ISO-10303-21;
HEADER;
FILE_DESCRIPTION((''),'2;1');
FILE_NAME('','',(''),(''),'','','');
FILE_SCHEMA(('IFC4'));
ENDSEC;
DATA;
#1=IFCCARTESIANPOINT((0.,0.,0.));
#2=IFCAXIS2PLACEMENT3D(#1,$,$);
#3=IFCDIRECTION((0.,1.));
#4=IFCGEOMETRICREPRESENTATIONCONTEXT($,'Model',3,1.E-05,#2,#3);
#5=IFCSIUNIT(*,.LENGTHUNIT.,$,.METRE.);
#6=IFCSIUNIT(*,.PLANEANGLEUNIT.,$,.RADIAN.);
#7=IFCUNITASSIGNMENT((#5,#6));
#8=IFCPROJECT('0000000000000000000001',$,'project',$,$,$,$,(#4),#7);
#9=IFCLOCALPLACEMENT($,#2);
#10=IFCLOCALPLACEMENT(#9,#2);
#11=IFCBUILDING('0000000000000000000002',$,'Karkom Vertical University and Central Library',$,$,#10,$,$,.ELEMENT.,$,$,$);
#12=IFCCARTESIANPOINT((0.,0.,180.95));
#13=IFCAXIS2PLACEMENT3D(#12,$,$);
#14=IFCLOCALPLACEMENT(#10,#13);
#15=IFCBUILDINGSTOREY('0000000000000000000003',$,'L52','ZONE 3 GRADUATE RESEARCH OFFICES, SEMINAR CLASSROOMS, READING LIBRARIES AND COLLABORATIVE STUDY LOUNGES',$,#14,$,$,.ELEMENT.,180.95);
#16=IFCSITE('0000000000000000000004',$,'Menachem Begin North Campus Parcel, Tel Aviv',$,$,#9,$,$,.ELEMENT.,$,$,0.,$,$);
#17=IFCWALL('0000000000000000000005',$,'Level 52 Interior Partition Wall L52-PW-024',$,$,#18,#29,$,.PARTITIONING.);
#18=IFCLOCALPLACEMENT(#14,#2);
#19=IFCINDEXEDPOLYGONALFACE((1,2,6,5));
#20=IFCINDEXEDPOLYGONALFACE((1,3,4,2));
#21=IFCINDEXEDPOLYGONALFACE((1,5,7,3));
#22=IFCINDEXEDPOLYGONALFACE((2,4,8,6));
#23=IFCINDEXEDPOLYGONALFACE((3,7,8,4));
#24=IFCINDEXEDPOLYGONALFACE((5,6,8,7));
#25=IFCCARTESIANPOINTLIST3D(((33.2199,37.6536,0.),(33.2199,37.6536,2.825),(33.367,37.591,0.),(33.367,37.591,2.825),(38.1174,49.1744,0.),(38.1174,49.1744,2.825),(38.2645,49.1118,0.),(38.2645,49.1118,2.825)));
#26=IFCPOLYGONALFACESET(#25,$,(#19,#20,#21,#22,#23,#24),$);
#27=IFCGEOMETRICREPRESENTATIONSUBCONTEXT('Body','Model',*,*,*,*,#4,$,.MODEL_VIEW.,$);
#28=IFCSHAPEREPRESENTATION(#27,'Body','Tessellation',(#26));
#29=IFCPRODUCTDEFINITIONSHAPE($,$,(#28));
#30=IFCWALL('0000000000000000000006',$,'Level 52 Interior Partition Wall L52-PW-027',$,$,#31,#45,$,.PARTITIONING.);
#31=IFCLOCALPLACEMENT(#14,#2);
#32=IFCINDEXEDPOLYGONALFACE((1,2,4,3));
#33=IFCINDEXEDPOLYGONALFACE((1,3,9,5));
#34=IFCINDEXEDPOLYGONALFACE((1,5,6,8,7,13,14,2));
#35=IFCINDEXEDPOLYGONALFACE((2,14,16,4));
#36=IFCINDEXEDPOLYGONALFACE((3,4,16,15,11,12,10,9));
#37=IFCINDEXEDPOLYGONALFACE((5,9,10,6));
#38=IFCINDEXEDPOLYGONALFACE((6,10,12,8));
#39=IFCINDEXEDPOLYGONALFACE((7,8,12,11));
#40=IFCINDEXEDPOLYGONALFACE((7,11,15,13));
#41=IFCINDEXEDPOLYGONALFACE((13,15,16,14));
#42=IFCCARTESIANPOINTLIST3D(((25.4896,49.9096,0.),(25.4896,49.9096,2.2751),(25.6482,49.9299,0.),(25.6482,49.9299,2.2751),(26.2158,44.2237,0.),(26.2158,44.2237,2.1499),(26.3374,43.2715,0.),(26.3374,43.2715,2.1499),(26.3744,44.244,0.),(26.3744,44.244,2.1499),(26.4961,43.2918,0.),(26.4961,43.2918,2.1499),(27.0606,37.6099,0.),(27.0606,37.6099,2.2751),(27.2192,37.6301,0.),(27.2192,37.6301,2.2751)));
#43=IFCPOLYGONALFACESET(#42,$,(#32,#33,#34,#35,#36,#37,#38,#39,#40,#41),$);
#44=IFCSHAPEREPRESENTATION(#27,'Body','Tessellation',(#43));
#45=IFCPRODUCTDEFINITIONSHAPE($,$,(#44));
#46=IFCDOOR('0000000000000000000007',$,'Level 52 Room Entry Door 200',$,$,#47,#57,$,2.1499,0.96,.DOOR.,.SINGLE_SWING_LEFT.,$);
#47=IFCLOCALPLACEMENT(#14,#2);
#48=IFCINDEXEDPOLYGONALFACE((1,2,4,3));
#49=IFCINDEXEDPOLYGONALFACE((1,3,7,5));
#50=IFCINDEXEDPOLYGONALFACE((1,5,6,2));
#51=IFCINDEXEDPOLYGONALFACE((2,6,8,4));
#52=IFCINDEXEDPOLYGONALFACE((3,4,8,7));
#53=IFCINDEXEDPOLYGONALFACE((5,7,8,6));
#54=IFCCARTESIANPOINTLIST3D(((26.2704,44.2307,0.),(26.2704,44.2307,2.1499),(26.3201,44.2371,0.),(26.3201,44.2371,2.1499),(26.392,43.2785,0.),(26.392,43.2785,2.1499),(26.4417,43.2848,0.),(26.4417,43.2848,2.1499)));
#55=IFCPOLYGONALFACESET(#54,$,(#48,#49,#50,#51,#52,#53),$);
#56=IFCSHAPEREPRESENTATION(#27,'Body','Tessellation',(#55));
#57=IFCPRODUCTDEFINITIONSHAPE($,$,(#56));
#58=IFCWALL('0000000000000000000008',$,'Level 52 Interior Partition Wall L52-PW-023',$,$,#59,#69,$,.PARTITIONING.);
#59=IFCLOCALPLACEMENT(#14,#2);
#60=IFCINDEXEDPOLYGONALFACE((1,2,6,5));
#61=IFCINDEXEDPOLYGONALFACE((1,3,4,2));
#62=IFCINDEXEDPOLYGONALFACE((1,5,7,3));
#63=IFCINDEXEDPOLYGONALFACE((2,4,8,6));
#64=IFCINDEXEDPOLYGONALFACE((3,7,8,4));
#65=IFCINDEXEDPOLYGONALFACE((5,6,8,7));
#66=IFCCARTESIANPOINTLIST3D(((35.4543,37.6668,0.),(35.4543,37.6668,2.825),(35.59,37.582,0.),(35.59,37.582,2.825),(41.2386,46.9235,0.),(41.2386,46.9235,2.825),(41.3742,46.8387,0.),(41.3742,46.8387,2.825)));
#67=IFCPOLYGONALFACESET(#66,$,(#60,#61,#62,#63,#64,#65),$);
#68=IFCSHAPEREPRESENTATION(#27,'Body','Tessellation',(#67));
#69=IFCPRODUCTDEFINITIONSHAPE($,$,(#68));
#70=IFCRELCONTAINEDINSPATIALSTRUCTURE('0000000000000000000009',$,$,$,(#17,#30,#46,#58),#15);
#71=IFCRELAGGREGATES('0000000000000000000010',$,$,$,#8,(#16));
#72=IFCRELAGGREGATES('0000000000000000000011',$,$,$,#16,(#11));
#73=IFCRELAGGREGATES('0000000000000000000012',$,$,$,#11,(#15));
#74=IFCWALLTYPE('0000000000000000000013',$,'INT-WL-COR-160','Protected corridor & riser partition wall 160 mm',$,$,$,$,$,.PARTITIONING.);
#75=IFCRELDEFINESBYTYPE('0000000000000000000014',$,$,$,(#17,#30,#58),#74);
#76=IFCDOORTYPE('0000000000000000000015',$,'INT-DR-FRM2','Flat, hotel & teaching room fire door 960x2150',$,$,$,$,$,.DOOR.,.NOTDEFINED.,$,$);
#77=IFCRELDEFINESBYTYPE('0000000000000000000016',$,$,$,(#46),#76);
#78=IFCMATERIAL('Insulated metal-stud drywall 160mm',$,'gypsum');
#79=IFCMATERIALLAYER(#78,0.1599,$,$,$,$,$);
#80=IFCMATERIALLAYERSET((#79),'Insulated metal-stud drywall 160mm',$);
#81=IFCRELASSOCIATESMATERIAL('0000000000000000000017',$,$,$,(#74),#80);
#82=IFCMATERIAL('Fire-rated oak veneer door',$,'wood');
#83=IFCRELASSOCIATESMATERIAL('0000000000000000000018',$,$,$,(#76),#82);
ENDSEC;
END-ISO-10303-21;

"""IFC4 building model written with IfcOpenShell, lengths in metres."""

from ifc_helpers import new_model, si_unit, direction, frame, frame_2d, origin, origin_with_axes, place, context, subcontext, project, spatial, rectangle, extrude, source, transform, mapped, material, layer, layer_set, type_object, element, fill, save


model = new_model("IFC4")

# Units and contexts
model_context = context("Model", 3, precision=1e-05, world=origin(), true_north=direction((0.0, 1.0)))
body_context = subcontext(model_context, "Body", "Model", "MODEL_VIEW")
ifc_project = project(units=[si_unit("LENGTHUNIT", "METRE"), si_unit("PLANEANGLEUNIT", "RADIAN")], contexts=[model_context])

# Site, building, storey
site_placement = place(None, origin())
site = spatial("IfcSite", under=ifc_project, at=site_placement, Name="Menachem Begin North Campus Parcel, Tel Aviv", CompositionType="ELEMENT", RefElevation=0.0)
building_placement = place(site_placement, origin())
building = spatial("IfcBuilding", under=site, at=building_placement, Name="Karkom Vertical University and Central Library", CompositionType="ELEMENT")
storey_placement = place(building_placement, frame((0.0, 0.0, 180.95)))
storey = spatial("IfcBuildingStorey", under=building, at=storey_placement, Name="L52", Description="ZONE 3 GRADUATE RESEARCH OFFICES, SEMINAR CLASSROOMS, READING LIBRARIES AND COLLABORATIVE STUDY LOUNGES", CompositionType="ELEMENT", Elevation=180.95)

# Shared definitions
ifc_material_1 = material(Name="Insulated metal-stud drywall 160mm", Category="gypsum")
ifc_layer_1 = layer(ifc_material_1, 0.1599)
ifc_layer_set_1 = layer_set([ifc_layer_1], Name="Insulated metal-stud drywall 160mm")
wall_type_1 = type_object("IfcWallType", Name="INT-WL-COR-160", Description="Protected corridor & riser partition wall 160 mm", PredefinedType="PARTITIONING", material=ifc_layer_set_1)

# Wall
wall_1_placement = place(storey_placement, frame((33.2935, 37.6223, 0.0), z_axis=(0.0, 0.0, 1.0), x_axis=(0.391218, 0.920298, 0.0)))
element("IfcWall", 1, at=wall_1_placement, inside=storey, type_object=wall_type_1, Name="Level 52 Interior Partition Wall L52-PW-024", PredefinedType="PARTITIONING", context=body_context, shape_type="SweptSolid", body=[
    extrude(rectangle(XDim=12.5186, YDim=0.1599, at=frame_2d((6.2593, 0.0))), origin(), (0.0, 0.0, 1.0), 2.825),
])

# Wall, opening, door
wall_2_placement = place(storey_placement, frame((27.1399, 37.6201, 0.0), z_axis=(0.0, 0.0, 1.0), x_axis=(-0.1267, 0.991941, 0.0)))
wall_2 = element("IfcWall", 2, at=wall_2_placement, inside=storey, type_object=wall_type_1, Name="Level 52 Interior Partition Wall L52-PW-027", PredefinedType="PARTITIONING", context=body_context, shape_type="SweptSolid", body=[
    extrude(rectangle(XDim=12.3997, YDim=0.1599, at=frame_2d((6.1997, 0.0))), origin(), (0.0, 0.0, 1.0), 2.2751),
])
opening_1_placement = place(wall_2_placement, frame((5.7075, 0.0, 0.0)))
opening_1 = element("IfcOpeningElement", 3, at=opening_1_placement, cuts=wall_2, PredefinedType="OPENING", context=body_context, shape_type="SweptSolid", body=[
    extrude(rectangle(XDim=0.96, YDim=2.1499, at=frame_2d((0.48, 1.075))), frame((0.0, 0.0898, 0.0), z_axis=(0.0, -1.0, 0.0), x_axis=(1.0, 0.0, 0.0)), (0.0, 0.0, 1.0), 0.1799),
])
ifc_material_2 = material(Name="Fire-rated oak veneer door", Category="wood")
door_type_1 = type_object("IfcDoorType", Name="INT-DR-FRM2", Description="Flat, hotel & teaching room fire door 960x2150", OperationType="NOTDEFINED", PredefinedType="DOOR", material=ifc_material_2)
shared_shape_1 = source(origin_with_axes(), body_context, "Body", "SweptSolid", [
    extrude(rectangle(XDim=0.96, YDim=2.1499, at=frame_2d((0.48, 1.075))), frame((0.0, 0.0249, 0.0), z_axis=(0.0, -1.0, 0.0), x_axis=(1.0, 0.0, 0.0)), (0.0, 0.0, 1.0), 0.05),
])
door_1_placement = place(opening_1_placement, origin())
door_1 = element("IfcDoor", 4, at=door_1_placement, inside=storey, type_object=door_type_1, Name="Level 52 Room Entry Door 200", OperationType="SINGLE_SWING_LEFT", OverallHeight=2.1499, OverallWidth=0.96, PredefinedType="DOOR", context=body_context, shape_type="MappedRepresentation", body=[
    mapped(shared_shape_1, transform((0.0, 0.0, 0.0), scale=1.0)),
])
fill(opening_1, door_1)

# Wall
wall_3_placement = place(storey_placement, frame((35.5222, 37.6245, 0.0), z_axis=(0.0, 0.0, 1.0), x_axis=(0.529921, 0.848047, 0.0)))
element("IfcWall", 5, at=wall_3_placement, inside=storey, type_object=wall_type_1, Name="Level 52 Interior Partition Wall L52-PW-023", PredefinedType="PARTITIONING", context=body_context, shape_type="SweptSolid", body=[
    extrude(rectangle(XDim=10.9153, YDim=0.1599, at=frame_2d((5.4575, 0.0))), origin(), (0.0, 0.0, 1.0), 2.825),
])

save(model, "model.ifc")
